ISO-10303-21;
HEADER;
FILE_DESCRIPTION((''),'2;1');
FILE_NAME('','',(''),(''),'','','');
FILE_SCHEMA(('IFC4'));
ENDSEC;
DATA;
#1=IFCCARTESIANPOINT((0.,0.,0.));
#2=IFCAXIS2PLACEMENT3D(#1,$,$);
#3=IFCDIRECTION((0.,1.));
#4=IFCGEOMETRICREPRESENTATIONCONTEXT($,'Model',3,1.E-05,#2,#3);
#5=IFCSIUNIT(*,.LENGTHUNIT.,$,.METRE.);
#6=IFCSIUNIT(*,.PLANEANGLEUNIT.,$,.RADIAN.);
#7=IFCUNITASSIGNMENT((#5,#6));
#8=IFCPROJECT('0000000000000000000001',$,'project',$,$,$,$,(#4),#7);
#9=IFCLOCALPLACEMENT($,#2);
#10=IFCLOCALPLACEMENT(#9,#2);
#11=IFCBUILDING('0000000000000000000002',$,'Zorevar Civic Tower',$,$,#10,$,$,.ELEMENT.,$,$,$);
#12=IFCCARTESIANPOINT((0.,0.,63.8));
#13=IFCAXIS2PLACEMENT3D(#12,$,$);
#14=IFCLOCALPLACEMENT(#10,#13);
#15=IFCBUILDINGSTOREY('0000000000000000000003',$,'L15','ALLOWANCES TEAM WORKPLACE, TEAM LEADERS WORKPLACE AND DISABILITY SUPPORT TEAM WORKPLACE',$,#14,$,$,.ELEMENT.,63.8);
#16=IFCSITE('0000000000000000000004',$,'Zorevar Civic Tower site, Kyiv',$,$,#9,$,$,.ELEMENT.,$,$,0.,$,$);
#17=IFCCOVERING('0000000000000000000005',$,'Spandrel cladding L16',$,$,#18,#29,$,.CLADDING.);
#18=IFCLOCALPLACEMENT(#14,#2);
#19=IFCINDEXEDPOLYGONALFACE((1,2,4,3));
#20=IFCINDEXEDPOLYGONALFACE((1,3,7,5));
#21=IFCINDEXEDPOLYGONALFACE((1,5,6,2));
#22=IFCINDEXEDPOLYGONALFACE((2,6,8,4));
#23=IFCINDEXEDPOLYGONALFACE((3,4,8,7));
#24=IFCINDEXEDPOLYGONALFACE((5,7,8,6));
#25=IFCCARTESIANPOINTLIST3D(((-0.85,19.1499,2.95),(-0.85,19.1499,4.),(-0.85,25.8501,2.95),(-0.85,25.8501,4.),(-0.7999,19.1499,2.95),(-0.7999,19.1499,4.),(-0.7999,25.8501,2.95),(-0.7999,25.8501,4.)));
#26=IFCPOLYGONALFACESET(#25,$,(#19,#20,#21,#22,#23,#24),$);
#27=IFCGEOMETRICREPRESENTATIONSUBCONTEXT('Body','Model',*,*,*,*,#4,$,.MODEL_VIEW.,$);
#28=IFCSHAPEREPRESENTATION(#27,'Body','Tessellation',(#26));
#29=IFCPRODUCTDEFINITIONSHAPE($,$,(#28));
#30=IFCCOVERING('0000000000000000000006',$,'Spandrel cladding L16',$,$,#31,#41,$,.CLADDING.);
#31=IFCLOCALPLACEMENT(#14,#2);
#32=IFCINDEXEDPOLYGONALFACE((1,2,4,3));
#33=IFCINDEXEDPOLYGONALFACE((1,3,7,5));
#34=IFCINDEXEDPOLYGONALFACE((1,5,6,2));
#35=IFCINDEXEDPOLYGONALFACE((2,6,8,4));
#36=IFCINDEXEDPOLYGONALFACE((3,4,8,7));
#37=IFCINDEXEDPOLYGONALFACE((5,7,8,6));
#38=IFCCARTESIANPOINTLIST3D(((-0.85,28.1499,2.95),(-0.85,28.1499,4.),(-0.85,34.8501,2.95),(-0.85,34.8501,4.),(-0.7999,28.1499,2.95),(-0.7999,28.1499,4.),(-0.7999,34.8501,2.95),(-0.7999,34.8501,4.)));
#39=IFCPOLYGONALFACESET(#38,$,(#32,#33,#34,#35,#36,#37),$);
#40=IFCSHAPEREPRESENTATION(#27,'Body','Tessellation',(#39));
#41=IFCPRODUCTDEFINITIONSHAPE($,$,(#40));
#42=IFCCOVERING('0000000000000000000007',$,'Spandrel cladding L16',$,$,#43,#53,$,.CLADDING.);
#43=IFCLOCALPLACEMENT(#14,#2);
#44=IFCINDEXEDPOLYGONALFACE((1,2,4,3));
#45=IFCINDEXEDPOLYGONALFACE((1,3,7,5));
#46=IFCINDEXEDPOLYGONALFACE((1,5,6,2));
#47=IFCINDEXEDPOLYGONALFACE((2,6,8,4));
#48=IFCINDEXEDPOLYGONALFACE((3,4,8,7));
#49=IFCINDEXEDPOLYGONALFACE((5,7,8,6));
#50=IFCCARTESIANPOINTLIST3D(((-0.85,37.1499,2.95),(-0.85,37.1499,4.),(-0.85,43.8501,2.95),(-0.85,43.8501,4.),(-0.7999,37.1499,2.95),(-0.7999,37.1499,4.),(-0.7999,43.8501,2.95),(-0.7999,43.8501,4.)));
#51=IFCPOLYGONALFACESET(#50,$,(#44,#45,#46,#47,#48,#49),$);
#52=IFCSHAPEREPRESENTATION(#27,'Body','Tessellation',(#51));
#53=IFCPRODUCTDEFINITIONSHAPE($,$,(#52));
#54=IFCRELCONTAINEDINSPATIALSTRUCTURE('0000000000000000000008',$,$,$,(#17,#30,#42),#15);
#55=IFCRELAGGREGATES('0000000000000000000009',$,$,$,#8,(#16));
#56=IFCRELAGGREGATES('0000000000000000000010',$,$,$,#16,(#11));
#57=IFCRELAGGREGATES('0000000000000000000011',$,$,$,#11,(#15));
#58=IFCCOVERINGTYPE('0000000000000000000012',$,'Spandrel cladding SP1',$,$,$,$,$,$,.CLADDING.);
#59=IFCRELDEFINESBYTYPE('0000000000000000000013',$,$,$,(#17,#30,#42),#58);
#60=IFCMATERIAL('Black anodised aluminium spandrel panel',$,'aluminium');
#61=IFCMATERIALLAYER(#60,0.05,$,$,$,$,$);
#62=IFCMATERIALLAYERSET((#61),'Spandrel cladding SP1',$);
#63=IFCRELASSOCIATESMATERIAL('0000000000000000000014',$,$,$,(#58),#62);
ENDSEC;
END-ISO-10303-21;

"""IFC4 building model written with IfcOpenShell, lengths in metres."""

from ifc_helpers import new_model, si_unit, direction, frame, frame_2d, origin, place, context, subcontext, project, spatial, rectangle, extrude, material, layer, layer_set, type_object, element, save


model = new_model("IFC4")

# Units and contexts
model_context = context("Model", 3, precision=1e-05, world=origin(), true_north=direction((0.0, 1.0)))
body_context = subcontext(model_context, "Body", "Model", "MODEL_VIEW")
ifc_project = project(units=[si_unit("LENGTHUNIT", "METRE"), si_unit("PLANEANGLEUNIT", "RADIAN")], contexts=[model_context])

# Site, building, storey
site_placement = place(None, origin())
site = spatial("IfcSite", under=ifc_project, at=site_placement, Name="Zorevar Civic Tower site, Kyiv", CompositionType="ELEMENT", RefElevation=0.0)
building_placement = place(site_placement, origin())
building = spatial("IfcBuilding", under=site, at=building_placement, Name="Zorevar Civic Tower", CompositionType="ELEMENT")
storey_placement = place(building_placement, frame((0.0, 0.0, 63.8)))
storey = spatial("IfcBuildingStorey", under=building, at=storey_placement, Name="L15", Description="ALLOWANCES TEAM WORKPLACE, TEAM LEADERS WORKPLACE AND DISABILITY SUPPORT TEAM WORKPLACE", CompositionType="ELEMENT", Elevation=63.8)

# Coverings
ifc_material_1 = material(Name="Black anodised aluminium spandrel panel", Category="aluminium")
ifc_layer_1 = layer(ifc_material_1, 0.05)
ifc_layer_set_1 = layer_set([ifc_layer_1], Name="Spandrel cladding SP1")
covering_type = type_object("IfcCoveringType", Name="Spandrel cladding SP1", PredefinedType="CLADDING", material=ifc_layer_set_1)
for number, where, z_axis, x_axis, name in (
    (1, (-0.825, 19.1499, 2.95), (0.0, 0.0, 1.0), (0.0, 1.0, 0.0), "Spandrel cladding L16"),
    (2, (-0.825, 28.1499, 2.95), (0.0, 0.0, 1.0), (0.0, 1.0, 0.0), "Spandrel cladding L16"),
    (3, (-0.825, 37.1499, 2.95), (0.0, 0.0, 1.0), (0.0, 1.0, 0.0), "Spandrel cladding L16"),
):
    element("IfcCovering", number, at=place(storey_placement, frame(where, z_axis=z_axis, x_axis=x_axis)), inside=storey, type_object=covering_type, Name=name, PredefinedType="CLADDING", context=body_context, shape_type="SweptSolid", body=[
        extrude(rectangle(XDim=6.7002, YDim=0.05, at=frame_2d((3.3501, 0.0))), origin(), (0.0, 0.0, 1.0), 1.05),
    ])

save(model, "model.ifc")
